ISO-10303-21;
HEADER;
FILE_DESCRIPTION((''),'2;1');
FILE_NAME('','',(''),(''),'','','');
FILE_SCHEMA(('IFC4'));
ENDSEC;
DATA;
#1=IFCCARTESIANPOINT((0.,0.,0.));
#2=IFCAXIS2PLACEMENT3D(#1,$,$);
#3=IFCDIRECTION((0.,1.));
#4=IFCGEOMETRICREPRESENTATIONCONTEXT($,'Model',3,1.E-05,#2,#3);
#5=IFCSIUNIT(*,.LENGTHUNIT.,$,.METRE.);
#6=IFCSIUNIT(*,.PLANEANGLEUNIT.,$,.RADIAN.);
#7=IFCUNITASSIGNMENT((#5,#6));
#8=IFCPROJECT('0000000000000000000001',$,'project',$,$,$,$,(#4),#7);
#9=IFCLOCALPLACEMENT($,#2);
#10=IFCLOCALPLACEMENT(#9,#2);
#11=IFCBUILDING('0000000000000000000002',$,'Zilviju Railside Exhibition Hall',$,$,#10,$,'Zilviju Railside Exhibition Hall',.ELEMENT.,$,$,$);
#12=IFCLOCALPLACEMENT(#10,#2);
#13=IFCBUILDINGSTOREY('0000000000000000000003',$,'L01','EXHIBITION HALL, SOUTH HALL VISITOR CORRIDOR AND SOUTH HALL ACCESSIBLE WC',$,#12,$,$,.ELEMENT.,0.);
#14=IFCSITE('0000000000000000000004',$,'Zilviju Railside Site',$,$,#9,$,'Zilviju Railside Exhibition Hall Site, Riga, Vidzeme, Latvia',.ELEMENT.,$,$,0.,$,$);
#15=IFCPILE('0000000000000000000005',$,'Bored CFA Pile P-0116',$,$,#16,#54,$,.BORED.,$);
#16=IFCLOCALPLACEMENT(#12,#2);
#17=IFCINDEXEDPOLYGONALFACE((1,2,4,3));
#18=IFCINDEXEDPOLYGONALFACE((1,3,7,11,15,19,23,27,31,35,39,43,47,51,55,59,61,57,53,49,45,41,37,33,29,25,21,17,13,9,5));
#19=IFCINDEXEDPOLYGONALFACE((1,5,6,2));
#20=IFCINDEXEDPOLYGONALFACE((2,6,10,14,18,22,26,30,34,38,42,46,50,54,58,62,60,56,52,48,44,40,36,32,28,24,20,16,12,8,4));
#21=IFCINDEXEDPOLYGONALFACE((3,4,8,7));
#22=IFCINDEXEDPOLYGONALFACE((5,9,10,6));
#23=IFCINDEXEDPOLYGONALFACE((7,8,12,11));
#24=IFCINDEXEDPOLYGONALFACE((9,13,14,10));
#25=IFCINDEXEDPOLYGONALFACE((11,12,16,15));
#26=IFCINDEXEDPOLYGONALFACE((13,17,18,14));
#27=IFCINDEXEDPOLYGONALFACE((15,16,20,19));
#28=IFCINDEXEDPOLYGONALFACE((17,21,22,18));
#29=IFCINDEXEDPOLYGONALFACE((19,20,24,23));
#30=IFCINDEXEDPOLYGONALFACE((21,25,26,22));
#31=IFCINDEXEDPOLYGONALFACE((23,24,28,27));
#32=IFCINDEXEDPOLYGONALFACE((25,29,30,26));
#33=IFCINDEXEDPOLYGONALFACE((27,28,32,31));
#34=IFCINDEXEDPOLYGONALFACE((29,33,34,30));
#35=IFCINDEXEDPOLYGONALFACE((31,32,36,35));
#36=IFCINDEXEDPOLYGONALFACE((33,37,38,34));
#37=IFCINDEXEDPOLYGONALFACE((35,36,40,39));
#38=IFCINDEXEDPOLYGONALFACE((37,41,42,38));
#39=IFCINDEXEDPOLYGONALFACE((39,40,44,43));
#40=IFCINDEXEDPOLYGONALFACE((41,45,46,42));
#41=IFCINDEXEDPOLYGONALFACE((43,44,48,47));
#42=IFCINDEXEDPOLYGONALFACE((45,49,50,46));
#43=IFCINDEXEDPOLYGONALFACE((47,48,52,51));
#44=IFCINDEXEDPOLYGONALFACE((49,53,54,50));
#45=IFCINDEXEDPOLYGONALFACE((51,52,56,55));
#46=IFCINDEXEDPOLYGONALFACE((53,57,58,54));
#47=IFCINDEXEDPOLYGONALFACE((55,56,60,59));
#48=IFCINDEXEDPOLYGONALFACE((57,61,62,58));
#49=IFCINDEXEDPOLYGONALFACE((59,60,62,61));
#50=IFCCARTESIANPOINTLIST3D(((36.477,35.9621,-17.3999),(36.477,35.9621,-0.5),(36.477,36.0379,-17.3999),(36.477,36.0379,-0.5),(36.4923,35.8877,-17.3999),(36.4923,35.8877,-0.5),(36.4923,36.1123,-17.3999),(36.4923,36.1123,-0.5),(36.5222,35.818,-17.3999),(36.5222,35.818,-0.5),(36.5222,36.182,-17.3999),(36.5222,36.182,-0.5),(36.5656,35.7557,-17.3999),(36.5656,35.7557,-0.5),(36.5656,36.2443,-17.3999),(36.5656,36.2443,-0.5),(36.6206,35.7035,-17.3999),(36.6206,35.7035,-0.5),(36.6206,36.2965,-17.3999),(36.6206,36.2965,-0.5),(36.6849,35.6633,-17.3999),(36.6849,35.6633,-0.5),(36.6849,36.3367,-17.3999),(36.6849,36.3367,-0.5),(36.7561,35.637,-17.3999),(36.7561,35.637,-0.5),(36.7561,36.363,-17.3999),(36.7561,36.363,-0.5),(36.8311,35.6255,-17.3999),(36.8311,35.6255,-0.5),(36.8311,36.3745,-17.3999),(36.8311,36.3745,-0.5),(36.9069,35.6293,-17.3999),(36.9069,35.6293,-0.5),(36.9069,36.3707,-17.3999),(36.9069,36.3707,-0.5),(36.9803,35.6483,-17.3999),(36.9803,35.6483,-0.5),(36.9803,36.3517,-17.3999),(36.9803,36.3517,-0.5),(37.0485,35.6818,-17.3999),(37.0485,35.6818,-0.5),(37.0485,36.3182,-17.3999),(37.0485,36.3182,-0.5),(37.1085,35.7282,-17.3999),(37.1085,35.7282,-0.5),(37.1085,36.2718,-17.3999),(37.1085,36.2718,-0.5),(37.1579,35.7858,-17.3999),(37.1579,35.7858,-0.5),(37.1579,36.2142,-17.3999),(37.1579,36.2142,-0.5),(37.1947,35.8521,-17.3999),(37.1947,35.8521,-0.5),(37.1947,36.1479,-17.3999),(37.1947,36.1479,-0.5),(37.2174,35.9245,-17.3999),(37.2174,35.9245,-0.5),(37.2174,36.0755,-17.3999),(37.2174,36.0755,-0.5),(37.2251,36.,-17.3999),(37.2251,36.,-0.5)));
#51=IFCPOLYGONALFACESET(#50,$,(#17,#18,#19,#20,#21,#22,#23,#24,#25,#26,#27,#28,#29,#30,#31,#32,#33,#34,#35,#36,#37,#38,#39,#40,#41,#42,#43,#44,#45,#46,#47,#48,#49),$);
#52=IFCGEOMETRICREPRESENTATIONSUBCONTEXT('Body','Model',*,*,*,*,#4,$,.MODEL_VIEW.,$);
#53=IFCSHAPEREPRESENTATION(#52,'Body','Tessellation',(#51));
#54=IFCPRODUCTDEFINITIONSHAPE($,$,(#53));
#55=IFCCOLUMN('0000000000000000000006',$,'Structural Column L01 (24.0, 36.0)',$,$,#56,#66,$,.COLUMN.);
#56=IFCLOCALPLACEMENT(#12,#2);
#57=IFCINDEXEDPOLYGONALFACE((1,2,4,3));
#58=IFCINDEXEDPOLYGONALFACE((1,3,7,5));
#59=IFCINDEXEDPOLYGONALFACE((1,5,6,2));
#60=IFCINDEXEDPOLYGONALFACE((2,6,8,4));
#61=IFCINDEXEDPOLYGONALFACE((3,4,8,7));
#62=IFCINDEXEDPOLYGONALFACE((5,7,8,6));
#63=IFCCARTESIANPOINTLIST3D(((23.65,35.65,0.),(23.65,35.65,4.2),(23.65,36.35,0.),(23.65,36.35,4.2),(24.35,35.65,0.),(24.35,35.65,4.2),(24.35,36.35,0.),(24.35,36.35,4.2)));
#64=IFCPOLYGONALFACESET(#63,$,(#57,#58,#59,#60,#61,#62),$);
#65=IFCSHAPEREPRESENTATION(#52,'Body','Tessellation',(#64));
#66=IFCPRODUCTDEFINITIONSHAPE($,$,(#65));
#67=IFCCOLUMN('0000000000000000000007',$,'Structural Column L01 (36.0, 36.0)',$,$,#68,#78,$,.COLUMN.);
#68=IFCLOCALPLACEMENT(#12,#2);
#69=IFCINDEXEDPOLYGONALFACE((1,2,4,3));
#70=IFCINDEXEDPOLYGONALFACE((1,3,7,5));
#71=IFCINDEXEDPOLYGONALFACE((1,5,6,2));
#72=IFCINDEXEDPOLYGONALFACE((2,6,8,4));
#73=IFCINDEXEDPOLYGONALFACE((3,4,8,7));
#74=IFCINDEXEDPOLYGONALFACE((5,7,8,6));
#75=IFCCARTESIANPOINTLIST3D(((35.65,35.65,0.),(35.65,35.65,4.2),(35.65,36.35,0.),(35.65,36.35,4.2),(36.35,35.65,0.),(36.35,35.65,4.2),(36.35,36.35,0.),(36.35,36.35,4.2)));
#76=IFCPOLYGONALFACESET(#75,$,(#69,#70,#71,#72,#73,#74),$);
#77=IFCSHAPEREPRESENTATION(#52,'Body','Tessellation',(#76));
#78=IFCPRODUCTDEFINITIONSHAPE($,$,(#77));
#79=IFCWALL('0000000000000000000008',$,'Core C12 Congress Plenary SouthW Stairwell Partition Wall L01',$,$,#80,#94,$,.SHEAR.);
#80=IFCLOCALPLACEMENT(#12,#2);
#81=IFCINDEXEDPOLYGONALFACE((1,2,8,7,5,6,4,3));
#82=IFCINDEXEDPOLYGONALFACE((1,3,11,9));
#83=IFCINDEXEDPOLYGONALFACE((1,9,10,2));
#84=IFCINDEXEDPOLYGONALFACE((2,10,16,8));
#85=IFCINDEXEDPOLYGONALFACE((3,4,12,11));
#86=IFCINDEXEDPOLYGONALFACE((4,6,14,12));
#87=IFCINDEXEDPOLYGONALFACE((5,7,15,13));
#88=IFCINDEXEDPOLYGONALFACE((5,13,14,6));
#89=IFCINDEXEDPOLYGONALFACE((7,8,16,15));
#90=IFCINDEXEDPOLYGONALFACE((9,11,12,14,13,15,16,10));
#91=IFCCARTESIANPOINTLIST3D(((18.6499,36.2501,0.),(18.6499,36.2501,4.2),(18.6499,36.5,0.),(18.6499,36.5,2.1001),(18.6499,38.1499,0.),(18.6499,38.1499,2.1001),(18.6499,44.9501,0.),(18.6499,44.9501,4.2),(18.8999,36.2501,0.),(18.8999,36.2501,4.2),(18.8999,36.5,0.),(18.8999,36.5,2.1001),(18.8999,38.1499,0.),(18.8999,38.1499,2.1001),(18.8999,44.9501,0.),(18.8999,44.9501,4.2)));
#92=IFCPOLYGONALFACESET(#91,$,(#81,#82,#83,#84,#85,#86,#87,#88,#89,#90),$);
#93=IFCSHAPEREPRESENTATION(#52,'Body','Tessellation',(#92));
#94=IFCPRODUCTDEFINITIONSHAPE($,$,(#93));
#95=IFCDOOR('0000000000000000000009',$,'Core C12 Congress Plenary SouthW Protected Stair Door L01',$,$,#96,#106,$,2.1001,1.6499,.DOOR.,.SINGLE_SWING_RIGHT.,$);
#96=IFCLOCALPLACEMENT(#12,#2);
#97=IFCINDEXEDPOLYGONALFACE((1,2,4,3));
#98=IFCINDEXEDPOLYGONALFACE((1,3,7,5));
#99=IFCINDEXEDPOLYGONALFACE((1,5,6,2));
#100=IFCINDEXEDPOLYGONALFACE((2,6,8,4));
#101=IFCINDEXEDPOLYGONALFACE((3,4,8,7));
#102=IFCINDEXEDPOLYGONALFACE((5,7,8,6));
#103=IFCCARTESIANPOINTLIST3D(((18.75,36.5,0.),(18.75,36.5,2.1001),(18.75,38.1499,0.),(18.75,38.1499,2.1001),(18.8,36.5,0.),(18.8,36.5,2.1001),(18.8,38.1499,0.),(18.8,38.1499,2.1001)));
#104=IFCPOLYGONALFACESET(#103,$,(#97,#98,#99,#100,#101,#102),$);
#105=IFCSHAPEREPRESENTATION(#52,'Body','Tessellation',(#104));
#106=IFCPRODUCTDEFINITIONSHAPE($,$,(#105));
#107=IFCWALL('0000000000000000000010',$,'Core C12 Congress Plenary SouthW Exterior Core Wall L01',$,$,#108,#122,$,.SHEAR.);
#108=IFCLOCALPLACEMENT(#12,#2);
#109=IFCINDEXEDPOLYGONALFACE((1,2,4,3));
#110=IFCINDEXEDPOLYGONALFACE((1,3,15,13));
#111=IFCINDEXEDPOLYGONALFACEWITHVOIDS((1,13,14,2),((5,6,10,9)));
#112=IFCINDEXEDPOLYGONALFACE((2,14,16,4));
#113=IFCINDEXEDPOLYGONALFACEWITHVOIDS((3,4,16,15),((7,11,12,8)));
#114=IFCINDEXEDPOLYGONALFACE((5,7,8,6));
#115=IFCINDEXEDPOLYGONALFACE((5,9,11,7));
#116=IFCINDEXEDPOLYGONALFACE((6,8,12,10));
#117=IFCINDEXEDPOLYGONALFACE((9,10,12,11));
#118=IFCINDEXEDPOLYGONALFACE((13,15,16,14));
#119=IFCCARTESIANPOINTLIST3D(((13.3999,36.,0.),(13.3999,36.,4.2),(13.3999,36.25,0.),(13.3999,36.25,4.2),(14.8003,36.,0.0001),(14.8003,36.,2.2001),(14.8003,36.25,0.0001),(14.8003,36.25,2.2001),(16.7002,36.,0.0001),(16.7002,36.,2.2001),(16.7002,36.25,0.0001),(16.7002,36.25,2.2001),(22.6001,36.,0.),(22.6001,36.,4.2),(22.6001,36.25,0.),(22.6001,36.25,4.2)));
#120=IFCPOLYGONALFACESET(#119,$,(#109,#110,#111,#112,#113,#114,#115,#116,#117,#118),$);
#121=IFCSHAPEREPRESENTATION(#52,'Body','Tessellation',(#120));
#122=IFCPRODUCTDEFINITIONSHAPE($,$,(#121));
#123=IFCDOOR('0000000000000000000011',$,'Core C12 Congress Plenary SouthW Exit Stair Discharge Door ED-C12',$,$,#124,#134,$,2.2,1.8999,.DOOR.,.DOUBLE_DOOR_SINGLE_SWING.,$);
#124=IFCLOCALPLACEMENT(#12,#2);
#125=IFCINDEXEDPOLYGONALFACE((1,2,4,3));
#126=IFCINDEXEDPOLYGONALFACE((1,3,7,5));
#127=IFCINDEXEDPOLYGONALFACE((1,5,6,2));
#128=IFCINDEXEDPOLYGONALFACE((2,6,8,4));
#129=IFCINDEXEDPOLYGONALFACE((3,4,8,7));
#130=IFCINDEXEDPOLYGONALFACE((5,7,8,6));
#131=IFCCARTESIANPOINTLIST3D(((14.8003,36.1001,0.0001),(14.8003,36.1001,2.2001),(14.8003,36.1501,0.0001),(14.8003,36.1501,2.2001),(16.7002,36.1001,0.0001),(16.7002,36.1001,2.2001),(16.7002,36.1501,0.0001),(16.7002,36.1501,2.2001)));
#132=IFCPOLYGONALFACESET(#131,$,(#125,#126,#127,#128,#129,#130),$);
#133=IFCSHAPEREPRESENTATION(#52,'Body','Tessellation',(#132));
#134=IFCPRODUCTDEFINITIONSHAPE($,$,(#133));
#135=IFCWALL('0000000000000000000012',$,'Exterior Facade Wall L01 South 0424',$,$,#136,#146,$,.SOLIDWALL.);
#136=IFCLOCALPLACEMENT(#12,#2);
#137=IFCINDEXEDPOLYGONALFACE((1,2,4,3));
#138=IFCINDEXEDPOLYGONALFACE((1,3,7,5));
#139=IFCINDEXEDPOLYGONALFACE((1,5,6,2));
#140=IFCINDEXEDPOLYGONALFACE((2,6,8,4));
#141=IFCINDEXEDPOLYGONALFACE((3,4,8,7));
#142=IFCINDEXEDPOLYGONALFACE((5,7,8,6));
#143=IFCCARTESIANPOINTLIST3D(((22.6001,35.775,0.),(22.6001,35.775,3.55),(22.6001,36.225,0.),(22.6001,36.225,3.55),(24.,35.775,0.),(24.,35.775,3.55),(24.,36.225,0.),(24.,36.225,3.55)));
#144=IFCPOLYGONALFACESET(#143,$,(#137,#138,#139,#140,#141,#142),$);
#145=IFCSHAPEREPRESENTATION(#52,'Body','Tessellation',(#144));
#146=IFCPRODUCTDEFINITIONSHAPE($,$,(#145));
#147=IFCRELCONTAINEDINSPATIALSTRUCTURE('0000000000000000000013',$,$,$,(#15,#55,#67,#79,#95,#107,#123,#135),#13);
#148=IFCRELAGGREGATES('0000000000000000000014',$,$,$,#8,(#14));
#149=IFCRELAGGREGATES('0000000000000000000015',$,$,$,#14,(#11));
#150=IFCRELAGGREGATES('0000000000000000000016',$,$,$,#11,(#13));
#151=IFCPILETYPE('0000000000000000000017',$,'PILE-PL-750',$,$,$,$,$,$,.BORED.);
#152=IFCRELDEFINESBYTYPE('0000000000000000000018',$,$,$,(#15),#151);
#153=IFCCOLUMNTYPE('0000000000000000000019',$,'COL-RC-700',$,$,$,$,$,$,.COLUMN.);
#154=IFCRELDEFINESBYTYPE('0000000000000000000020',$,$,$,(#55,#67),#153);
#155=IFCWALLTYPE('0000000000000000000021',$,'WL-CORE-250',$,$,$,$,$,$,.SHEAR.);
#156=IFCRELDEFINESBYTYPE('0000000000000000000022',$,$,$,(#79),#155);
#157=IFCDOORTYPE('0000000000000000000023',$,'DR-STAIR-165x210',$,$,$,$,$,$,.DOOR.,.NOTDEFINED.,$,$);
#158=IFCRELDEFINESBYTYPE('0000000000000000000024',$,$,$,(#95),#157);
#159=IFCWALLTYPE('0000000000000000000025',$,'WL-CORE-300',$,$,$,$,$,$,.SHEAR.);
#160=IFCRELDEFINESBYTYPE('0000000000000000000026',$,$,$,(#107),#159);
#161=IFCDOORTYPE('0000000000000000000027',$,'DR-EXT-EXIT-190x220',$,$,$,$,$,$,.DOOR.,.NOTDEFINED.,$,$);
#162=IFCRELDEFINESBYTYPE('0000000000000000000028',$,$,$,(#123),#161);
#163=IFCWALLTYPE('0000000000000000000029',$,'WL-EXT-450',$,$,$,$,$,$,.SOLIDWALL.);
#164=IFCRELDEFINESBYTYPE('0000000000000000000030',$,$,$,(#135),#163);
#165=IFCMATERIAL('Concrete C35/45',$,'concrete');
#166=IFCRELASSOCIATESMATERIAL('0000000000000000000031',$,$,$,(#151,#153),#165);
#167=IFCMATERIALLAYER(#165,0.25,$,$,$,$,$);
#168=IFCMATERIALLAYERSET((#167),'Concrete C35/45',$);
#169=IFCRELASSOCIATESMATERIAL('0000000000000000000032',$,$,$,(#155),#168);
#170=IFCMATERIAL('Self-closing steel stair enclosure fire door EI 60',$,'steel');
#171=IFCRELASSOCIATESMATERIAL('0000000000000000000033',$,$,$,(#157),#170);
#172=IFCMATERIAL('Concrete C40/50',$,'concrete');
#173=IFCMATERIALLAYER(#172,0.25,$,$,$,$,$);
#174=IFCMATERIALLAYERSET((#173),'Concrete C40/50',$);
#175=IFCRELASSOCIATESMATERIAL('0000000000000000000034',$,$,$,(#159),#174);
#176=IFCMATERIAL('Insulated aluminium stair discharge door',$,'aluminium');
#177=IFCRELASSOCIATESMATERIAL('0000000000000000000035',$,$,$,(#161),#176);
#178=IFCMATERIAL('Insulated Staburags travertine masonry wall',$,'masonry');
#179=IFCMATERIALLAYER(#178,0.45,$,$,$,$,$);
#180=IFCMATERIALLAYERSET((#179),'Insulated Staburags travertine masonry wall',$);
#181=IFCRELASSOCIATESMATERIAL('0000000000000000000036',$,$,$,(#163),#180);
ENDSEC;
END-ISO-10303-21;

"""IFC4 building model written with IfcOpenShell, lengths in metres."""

from ifc_helpers import new_model, si_unit, direction, frame, frame_2d, origin, origin_2d, place, context, subcontext, project, spatial, rectangle, circle, extrude, material, layer, layer_set, material_profile, profile_set, type_object, element, fill, save


model = new_model("IFC4")

# Units and contexts
model_context = context("Model", 3, precision=1e-05, world=origin(), true_north=direction((0.0, 1.0)))
body_context = subcontext(model_context, "Body", "Model", "MODEL_VIEW")
ifc_project = project(units=[si_unit("LENGTHUNIT", "METRE"), si_unit("PLANEANGLEUNIT", "RADIAN")], contexts=[model_context])

# Site, building, storey
site_placement = place(None, origin())
site = spatial("IfcSite", under=ifc_project, at=site_placement, Name="Zilviju Railside Site", LongName="Zilviju Railside Exhibition Hall Site, Riga, Vidzeme, Latvia", CompositionType="ELEMENT", RefElevation=0.0)
building_placement = place(site_placement, origin())
building = spatial("IfcBuilding", under=site, at=building_placement, Name="Zilviju Railside Exhibition Hall", LongName="Zilviju Railside Exhibition Hall", CompositionType="ELEMENT")
storey_placement = place(building_placement, origin())
storey = spatial("IfcBuildingStorey", under=building, at=storey_placement, Name="L01", Description="EXHIBITION HALL, SOUTH HALL VISITOR CORRIDOR AND SOUTH HALL ACCESSIBLE WC", CompositionType="ELEMENT", Elevation=0.0)

# Shared definitions
ifc_material_1 = material(Name="Concrete C35/45", Category="concrete")

# Pile
ifc_material_profile_1 = material_profile(ifc_material_1, circle(Radius=0.375, at=origin_2d()), Name="CFA PILE D750")
ifc_profile_set_1 = profile_set([ifc_material_profile_1], Name="Concrete C35/45")
pile_type = type_object("IfcPileType", Name="PILE-PL-750", PredefinedType="BORED", material=ifc_profile_set_1)
for number, where, z_axis, x_axis, name in (
    (1, (36.8501, 36.0, -0.5), (0.0, 0.0, -1.0), (1.0, 0.0, 0.0), "Bored CFA Pile P-0116"),
):
    element("IfcPile", number, at=place(storey_placement, frame(where, z_axis=z_axis, x_axis=x_axis)), inside=storey, type_object=pile_type, Name=name, PredefinedType="BORED", context=body_context, shape_type="SweptSolid", body=[
        extrude(circle(Radius=0.375, at=origin_2d()), origin(), (0.0, 0.0, 1.0), 16.8999),
    ])

# Columns
ifc_material_profile_2 = material_profile(ifc_material_1, rectangle(XDim=0.7, YDim=0.7, at=origin_2d()), Name="RC COL 700x700")
ifc_profile_set_2 = profile_set([ifc_material_profile_2], Name="Concrete C35/45")
column_type = type_object("IfcColumnType", Name="COL-RC-700", PredefinedType="COLUMN", material=ifc_profile_set_2)
for number, where, z_axis, x_axis, name in (
    (2, (24.0, 36.0, 0.0), (0.0, 0.0, 1.0), (1.0, 0.0, 0.0), "Structural Column L01 (24.0, 36.0)"),
    (3, (36.0, 36.0, 0.0), (0.0, 0.0, 1.0), (1.0, 0.0, 0.0), "Structural Column L01 (36.0, 36.0)"),
):
    element("IfcColumn", number, at=place(storey_placement, frame(where, z_axis=z_axis, x_axis=x_axis)), inside=storey, type_object=column_type, Name=name, PredefinedType="COLUMN", context=body_context, shape_type="SweptSolid", body=[
        extrude(rectangle(XDim=0.7, YDim=0.7, at=origin_2d()), origin(), (0.0, 0.0, 1.0), 4.2),
    ])

# Walls, openings, doors
ifc_layer_1 = layer(ifc_material_1, 0.25)
ifc_layer_set_1 = layer_set([ifc_layer_1], Name="Concrete C35/45")
wall_type_1 = type_object("IfcWallType", Name="WL-CORE-250", PredefinedType="SHEAR", material=ifc_layer_set_1)
wall_1_placement = place(storey_placement, frame((18.7749, 36.25, 0.0), z_axis=(0.0, 0.0, 1.0), x_axis=(0.0, 1.0, 0.0)))
wall_1 = element("IfcWall", 4, at=wall_1_placement, inside=storey, type_object=wall_type_1, Name="Core C12 Congress Plenary SouthW Stairwell Partition Wall L01", PredefinedType="SHEAR", context=body_context, shape_type="SweptSolid", body=[
    extrude(rectangle(XDim=8.7, YDim=0.25, at=frame_2d((4.3501, 0.0))), origin(), (0.0, 0.0, 1.0), 4.2),
])
opening_1_placement = place(wall_1_placement, frame((0.25, 0.0, 0.0)))
opening_1 = element("IfcOpeningElement", 5, at=opening_1_placement, cuts=wall_1, PredefinedType="OPENING", context=body_context, shape_type="SweptSolid", body=[
    extrude(rectangle(XDim=1.6499, YDim=2.1001, at=frame_2d((0.825, 1.05))), frame((0.0, 0.135, 0.0), z_axis=(0.0, -1.0, 0.0), x_axis=(1.0, 0.0, 0.0)), (0.0, 0.0, 1.0), 0.27),
])
ifc_material_2 = material(Name="Self-closing steel stair enclosure fire door EI 60", Category="steel")
door_type_1 = type_object("IfcDoorType", Name="DR-STAIR-165x210", OperationType="NOTDEFINED", PredefinedType="DOOR", material=ifc_material_2)
door_1_placement = place(opening_1_placement, origin())
door_1 = element("IfcDoor", 6, at=door_1_placement, inside=storey, type_object=door_type_1, Name="Core C12 Congress Plenary SouthW Protected Stair Door L01", OperationType="SINGLE_SWING_RIGHT", OverallHeight=2.1001, OverallWidth=1.6499, PredefinedType="DOOR", context=body_context, shape_type="SweptSolid", body=[
    extrude(rectangle(XDim=1.6499, YDim=2.1001, at=frame_2d((0.825, 1.05))), frame((0.0, 0.0249, 0.0), z_axis=(0.0, -1.0, 0.0), x_axis=(1.0, 0.0, 0.0)), (0.0, 0.0, 1.0), 0.05),
])
fill(opening_1, door_1)
ifc_material_3 = material(Name="Concrete C40/50", Category="concrete")
ifc_layer_2 = layer(ifc_material_3, 0.25)
ifc_layer_set_2 = layer_set([ifc_layer_2], Name="Concrete C40/50")
wall_type_2 = type_object("IfcWallType", Name="WL-CORE-300", PredefinedType="SHEAR", material=ifc_layer_set_2)
wall_2_placement = place(storey_placement, frame((22.6001, 36.125, 0.0), z_axis=(0.0, 0.0, 1.0), x_axis=(-1.0, 0.0, 0.0)))
wall_2 = element("IfcWall", 7, at=wall_2_placement, inside=storey, type_object=wall_type_2, Name="Core C12 Congress Plenary SouthW Exterior Core Wall L01", PredefinedType="SHEAR", context=body_context, shape_type="SweptSolid", body=[
    extrude(rectangle(XDim=9.2002, YDim=0.25, at=frame_2d((4.6001, 0.0))), origin(), (0.0, 0.0, 1.0), 4.2),
])
opening_2_placement = place(wall_2_placement, frame((5.8999, 0.0, 0.0)))
opening_2 = element("IfcOpeningElement", 8, at=opening_2_placement, cuts=wall_2, PredefinedType="OPENING", context=body_context, shape_type="SweptSolid", body=[
    extrude(rectangle(XDim=1.8999, YDim=2.2, at=frame_2d((0.95, 1.1001))), frame((0.0, 0.135, 0.0), z_axis=(0.0, -1.0, 0.0), x_axis=(1.0, 0.0, 0.0)), (0.0, 0.0, 1.0), 0.27),
])
ifc_material_4 = material(Name="Insulated aluminium stair discharge door", Category="aluminium")
door_type_2 = type_object("IfcDoorType", Name="DR-EXT-EXIT-190x220", OperationType="NOTDEFINED", PredefinedType="DOOR", material=ifc_material_4)
door_2_placement = place(opening_2_placement, origin())
door_2 = element("IfcDoor", 9, at=door_2_placement, inside=storey, type_object=door_type_2, Name="Core C12 Congress Plenary SouthW Exit Stair Discharge Door ED-C12", OperationType="DOUBLE_DOOR_SINGLE_SWING", OverallHeight=2.2, OverallWidth=1.8999, PredefinedType="DOOR", context=body_context, shape_type="SweptSolid", body=[
    extrude(rectangle(XDim=1.8999, YDim=2.2, at=frame_2d((0.95, 1.1001))), frame((0.0, 0.0249, 0.0), z_axis=(0.0, -1.0, 0.0), x_axis=(1.0, 0.0, 0.0)), (0.0, 0.0, 1.0), 0.05),
])
fill(opening_2, door_2)

# Wall
ifc_material_5 = material(Name="Insulated Staburags travertine masonry wall", Category="masonry")
ifc_layer_3 = layer(ifc_material_5, 0.45)
ifc_layer_set_3 = layer_set([ifc_layer_3], Name="Insulated Staburags travertine masonry wall")
wall_type_3 = type_object("IfcWallType", Name="WL-EXT-450", PredefinedType="SOLIDWALL", material=ifc_layer_set_3)
wall_3_placement = place(storey_placement, frame((24.0, 36.0, 0.0), z_axis=(0.0, 0.0, 1.0), x_axis=(-1.0, 0.0, 0.0)))
element("IfcWall", 10, at=wall_3_placement, inside=storey, type_object=wall_type_3, Name="Exterior Facade Wall L01 South 0424", PredefinedType="SOLIDWALL", context=body_context, shape_type="SweptSolid", body=[
    extrude(rectangle(XDim=1.3999, YDim=0.45, at=frame_2d((0.7, 0.0))), origin(), (0.0, 0.0, 1.0), 3.55),
])

save(model, "model.ifc")
